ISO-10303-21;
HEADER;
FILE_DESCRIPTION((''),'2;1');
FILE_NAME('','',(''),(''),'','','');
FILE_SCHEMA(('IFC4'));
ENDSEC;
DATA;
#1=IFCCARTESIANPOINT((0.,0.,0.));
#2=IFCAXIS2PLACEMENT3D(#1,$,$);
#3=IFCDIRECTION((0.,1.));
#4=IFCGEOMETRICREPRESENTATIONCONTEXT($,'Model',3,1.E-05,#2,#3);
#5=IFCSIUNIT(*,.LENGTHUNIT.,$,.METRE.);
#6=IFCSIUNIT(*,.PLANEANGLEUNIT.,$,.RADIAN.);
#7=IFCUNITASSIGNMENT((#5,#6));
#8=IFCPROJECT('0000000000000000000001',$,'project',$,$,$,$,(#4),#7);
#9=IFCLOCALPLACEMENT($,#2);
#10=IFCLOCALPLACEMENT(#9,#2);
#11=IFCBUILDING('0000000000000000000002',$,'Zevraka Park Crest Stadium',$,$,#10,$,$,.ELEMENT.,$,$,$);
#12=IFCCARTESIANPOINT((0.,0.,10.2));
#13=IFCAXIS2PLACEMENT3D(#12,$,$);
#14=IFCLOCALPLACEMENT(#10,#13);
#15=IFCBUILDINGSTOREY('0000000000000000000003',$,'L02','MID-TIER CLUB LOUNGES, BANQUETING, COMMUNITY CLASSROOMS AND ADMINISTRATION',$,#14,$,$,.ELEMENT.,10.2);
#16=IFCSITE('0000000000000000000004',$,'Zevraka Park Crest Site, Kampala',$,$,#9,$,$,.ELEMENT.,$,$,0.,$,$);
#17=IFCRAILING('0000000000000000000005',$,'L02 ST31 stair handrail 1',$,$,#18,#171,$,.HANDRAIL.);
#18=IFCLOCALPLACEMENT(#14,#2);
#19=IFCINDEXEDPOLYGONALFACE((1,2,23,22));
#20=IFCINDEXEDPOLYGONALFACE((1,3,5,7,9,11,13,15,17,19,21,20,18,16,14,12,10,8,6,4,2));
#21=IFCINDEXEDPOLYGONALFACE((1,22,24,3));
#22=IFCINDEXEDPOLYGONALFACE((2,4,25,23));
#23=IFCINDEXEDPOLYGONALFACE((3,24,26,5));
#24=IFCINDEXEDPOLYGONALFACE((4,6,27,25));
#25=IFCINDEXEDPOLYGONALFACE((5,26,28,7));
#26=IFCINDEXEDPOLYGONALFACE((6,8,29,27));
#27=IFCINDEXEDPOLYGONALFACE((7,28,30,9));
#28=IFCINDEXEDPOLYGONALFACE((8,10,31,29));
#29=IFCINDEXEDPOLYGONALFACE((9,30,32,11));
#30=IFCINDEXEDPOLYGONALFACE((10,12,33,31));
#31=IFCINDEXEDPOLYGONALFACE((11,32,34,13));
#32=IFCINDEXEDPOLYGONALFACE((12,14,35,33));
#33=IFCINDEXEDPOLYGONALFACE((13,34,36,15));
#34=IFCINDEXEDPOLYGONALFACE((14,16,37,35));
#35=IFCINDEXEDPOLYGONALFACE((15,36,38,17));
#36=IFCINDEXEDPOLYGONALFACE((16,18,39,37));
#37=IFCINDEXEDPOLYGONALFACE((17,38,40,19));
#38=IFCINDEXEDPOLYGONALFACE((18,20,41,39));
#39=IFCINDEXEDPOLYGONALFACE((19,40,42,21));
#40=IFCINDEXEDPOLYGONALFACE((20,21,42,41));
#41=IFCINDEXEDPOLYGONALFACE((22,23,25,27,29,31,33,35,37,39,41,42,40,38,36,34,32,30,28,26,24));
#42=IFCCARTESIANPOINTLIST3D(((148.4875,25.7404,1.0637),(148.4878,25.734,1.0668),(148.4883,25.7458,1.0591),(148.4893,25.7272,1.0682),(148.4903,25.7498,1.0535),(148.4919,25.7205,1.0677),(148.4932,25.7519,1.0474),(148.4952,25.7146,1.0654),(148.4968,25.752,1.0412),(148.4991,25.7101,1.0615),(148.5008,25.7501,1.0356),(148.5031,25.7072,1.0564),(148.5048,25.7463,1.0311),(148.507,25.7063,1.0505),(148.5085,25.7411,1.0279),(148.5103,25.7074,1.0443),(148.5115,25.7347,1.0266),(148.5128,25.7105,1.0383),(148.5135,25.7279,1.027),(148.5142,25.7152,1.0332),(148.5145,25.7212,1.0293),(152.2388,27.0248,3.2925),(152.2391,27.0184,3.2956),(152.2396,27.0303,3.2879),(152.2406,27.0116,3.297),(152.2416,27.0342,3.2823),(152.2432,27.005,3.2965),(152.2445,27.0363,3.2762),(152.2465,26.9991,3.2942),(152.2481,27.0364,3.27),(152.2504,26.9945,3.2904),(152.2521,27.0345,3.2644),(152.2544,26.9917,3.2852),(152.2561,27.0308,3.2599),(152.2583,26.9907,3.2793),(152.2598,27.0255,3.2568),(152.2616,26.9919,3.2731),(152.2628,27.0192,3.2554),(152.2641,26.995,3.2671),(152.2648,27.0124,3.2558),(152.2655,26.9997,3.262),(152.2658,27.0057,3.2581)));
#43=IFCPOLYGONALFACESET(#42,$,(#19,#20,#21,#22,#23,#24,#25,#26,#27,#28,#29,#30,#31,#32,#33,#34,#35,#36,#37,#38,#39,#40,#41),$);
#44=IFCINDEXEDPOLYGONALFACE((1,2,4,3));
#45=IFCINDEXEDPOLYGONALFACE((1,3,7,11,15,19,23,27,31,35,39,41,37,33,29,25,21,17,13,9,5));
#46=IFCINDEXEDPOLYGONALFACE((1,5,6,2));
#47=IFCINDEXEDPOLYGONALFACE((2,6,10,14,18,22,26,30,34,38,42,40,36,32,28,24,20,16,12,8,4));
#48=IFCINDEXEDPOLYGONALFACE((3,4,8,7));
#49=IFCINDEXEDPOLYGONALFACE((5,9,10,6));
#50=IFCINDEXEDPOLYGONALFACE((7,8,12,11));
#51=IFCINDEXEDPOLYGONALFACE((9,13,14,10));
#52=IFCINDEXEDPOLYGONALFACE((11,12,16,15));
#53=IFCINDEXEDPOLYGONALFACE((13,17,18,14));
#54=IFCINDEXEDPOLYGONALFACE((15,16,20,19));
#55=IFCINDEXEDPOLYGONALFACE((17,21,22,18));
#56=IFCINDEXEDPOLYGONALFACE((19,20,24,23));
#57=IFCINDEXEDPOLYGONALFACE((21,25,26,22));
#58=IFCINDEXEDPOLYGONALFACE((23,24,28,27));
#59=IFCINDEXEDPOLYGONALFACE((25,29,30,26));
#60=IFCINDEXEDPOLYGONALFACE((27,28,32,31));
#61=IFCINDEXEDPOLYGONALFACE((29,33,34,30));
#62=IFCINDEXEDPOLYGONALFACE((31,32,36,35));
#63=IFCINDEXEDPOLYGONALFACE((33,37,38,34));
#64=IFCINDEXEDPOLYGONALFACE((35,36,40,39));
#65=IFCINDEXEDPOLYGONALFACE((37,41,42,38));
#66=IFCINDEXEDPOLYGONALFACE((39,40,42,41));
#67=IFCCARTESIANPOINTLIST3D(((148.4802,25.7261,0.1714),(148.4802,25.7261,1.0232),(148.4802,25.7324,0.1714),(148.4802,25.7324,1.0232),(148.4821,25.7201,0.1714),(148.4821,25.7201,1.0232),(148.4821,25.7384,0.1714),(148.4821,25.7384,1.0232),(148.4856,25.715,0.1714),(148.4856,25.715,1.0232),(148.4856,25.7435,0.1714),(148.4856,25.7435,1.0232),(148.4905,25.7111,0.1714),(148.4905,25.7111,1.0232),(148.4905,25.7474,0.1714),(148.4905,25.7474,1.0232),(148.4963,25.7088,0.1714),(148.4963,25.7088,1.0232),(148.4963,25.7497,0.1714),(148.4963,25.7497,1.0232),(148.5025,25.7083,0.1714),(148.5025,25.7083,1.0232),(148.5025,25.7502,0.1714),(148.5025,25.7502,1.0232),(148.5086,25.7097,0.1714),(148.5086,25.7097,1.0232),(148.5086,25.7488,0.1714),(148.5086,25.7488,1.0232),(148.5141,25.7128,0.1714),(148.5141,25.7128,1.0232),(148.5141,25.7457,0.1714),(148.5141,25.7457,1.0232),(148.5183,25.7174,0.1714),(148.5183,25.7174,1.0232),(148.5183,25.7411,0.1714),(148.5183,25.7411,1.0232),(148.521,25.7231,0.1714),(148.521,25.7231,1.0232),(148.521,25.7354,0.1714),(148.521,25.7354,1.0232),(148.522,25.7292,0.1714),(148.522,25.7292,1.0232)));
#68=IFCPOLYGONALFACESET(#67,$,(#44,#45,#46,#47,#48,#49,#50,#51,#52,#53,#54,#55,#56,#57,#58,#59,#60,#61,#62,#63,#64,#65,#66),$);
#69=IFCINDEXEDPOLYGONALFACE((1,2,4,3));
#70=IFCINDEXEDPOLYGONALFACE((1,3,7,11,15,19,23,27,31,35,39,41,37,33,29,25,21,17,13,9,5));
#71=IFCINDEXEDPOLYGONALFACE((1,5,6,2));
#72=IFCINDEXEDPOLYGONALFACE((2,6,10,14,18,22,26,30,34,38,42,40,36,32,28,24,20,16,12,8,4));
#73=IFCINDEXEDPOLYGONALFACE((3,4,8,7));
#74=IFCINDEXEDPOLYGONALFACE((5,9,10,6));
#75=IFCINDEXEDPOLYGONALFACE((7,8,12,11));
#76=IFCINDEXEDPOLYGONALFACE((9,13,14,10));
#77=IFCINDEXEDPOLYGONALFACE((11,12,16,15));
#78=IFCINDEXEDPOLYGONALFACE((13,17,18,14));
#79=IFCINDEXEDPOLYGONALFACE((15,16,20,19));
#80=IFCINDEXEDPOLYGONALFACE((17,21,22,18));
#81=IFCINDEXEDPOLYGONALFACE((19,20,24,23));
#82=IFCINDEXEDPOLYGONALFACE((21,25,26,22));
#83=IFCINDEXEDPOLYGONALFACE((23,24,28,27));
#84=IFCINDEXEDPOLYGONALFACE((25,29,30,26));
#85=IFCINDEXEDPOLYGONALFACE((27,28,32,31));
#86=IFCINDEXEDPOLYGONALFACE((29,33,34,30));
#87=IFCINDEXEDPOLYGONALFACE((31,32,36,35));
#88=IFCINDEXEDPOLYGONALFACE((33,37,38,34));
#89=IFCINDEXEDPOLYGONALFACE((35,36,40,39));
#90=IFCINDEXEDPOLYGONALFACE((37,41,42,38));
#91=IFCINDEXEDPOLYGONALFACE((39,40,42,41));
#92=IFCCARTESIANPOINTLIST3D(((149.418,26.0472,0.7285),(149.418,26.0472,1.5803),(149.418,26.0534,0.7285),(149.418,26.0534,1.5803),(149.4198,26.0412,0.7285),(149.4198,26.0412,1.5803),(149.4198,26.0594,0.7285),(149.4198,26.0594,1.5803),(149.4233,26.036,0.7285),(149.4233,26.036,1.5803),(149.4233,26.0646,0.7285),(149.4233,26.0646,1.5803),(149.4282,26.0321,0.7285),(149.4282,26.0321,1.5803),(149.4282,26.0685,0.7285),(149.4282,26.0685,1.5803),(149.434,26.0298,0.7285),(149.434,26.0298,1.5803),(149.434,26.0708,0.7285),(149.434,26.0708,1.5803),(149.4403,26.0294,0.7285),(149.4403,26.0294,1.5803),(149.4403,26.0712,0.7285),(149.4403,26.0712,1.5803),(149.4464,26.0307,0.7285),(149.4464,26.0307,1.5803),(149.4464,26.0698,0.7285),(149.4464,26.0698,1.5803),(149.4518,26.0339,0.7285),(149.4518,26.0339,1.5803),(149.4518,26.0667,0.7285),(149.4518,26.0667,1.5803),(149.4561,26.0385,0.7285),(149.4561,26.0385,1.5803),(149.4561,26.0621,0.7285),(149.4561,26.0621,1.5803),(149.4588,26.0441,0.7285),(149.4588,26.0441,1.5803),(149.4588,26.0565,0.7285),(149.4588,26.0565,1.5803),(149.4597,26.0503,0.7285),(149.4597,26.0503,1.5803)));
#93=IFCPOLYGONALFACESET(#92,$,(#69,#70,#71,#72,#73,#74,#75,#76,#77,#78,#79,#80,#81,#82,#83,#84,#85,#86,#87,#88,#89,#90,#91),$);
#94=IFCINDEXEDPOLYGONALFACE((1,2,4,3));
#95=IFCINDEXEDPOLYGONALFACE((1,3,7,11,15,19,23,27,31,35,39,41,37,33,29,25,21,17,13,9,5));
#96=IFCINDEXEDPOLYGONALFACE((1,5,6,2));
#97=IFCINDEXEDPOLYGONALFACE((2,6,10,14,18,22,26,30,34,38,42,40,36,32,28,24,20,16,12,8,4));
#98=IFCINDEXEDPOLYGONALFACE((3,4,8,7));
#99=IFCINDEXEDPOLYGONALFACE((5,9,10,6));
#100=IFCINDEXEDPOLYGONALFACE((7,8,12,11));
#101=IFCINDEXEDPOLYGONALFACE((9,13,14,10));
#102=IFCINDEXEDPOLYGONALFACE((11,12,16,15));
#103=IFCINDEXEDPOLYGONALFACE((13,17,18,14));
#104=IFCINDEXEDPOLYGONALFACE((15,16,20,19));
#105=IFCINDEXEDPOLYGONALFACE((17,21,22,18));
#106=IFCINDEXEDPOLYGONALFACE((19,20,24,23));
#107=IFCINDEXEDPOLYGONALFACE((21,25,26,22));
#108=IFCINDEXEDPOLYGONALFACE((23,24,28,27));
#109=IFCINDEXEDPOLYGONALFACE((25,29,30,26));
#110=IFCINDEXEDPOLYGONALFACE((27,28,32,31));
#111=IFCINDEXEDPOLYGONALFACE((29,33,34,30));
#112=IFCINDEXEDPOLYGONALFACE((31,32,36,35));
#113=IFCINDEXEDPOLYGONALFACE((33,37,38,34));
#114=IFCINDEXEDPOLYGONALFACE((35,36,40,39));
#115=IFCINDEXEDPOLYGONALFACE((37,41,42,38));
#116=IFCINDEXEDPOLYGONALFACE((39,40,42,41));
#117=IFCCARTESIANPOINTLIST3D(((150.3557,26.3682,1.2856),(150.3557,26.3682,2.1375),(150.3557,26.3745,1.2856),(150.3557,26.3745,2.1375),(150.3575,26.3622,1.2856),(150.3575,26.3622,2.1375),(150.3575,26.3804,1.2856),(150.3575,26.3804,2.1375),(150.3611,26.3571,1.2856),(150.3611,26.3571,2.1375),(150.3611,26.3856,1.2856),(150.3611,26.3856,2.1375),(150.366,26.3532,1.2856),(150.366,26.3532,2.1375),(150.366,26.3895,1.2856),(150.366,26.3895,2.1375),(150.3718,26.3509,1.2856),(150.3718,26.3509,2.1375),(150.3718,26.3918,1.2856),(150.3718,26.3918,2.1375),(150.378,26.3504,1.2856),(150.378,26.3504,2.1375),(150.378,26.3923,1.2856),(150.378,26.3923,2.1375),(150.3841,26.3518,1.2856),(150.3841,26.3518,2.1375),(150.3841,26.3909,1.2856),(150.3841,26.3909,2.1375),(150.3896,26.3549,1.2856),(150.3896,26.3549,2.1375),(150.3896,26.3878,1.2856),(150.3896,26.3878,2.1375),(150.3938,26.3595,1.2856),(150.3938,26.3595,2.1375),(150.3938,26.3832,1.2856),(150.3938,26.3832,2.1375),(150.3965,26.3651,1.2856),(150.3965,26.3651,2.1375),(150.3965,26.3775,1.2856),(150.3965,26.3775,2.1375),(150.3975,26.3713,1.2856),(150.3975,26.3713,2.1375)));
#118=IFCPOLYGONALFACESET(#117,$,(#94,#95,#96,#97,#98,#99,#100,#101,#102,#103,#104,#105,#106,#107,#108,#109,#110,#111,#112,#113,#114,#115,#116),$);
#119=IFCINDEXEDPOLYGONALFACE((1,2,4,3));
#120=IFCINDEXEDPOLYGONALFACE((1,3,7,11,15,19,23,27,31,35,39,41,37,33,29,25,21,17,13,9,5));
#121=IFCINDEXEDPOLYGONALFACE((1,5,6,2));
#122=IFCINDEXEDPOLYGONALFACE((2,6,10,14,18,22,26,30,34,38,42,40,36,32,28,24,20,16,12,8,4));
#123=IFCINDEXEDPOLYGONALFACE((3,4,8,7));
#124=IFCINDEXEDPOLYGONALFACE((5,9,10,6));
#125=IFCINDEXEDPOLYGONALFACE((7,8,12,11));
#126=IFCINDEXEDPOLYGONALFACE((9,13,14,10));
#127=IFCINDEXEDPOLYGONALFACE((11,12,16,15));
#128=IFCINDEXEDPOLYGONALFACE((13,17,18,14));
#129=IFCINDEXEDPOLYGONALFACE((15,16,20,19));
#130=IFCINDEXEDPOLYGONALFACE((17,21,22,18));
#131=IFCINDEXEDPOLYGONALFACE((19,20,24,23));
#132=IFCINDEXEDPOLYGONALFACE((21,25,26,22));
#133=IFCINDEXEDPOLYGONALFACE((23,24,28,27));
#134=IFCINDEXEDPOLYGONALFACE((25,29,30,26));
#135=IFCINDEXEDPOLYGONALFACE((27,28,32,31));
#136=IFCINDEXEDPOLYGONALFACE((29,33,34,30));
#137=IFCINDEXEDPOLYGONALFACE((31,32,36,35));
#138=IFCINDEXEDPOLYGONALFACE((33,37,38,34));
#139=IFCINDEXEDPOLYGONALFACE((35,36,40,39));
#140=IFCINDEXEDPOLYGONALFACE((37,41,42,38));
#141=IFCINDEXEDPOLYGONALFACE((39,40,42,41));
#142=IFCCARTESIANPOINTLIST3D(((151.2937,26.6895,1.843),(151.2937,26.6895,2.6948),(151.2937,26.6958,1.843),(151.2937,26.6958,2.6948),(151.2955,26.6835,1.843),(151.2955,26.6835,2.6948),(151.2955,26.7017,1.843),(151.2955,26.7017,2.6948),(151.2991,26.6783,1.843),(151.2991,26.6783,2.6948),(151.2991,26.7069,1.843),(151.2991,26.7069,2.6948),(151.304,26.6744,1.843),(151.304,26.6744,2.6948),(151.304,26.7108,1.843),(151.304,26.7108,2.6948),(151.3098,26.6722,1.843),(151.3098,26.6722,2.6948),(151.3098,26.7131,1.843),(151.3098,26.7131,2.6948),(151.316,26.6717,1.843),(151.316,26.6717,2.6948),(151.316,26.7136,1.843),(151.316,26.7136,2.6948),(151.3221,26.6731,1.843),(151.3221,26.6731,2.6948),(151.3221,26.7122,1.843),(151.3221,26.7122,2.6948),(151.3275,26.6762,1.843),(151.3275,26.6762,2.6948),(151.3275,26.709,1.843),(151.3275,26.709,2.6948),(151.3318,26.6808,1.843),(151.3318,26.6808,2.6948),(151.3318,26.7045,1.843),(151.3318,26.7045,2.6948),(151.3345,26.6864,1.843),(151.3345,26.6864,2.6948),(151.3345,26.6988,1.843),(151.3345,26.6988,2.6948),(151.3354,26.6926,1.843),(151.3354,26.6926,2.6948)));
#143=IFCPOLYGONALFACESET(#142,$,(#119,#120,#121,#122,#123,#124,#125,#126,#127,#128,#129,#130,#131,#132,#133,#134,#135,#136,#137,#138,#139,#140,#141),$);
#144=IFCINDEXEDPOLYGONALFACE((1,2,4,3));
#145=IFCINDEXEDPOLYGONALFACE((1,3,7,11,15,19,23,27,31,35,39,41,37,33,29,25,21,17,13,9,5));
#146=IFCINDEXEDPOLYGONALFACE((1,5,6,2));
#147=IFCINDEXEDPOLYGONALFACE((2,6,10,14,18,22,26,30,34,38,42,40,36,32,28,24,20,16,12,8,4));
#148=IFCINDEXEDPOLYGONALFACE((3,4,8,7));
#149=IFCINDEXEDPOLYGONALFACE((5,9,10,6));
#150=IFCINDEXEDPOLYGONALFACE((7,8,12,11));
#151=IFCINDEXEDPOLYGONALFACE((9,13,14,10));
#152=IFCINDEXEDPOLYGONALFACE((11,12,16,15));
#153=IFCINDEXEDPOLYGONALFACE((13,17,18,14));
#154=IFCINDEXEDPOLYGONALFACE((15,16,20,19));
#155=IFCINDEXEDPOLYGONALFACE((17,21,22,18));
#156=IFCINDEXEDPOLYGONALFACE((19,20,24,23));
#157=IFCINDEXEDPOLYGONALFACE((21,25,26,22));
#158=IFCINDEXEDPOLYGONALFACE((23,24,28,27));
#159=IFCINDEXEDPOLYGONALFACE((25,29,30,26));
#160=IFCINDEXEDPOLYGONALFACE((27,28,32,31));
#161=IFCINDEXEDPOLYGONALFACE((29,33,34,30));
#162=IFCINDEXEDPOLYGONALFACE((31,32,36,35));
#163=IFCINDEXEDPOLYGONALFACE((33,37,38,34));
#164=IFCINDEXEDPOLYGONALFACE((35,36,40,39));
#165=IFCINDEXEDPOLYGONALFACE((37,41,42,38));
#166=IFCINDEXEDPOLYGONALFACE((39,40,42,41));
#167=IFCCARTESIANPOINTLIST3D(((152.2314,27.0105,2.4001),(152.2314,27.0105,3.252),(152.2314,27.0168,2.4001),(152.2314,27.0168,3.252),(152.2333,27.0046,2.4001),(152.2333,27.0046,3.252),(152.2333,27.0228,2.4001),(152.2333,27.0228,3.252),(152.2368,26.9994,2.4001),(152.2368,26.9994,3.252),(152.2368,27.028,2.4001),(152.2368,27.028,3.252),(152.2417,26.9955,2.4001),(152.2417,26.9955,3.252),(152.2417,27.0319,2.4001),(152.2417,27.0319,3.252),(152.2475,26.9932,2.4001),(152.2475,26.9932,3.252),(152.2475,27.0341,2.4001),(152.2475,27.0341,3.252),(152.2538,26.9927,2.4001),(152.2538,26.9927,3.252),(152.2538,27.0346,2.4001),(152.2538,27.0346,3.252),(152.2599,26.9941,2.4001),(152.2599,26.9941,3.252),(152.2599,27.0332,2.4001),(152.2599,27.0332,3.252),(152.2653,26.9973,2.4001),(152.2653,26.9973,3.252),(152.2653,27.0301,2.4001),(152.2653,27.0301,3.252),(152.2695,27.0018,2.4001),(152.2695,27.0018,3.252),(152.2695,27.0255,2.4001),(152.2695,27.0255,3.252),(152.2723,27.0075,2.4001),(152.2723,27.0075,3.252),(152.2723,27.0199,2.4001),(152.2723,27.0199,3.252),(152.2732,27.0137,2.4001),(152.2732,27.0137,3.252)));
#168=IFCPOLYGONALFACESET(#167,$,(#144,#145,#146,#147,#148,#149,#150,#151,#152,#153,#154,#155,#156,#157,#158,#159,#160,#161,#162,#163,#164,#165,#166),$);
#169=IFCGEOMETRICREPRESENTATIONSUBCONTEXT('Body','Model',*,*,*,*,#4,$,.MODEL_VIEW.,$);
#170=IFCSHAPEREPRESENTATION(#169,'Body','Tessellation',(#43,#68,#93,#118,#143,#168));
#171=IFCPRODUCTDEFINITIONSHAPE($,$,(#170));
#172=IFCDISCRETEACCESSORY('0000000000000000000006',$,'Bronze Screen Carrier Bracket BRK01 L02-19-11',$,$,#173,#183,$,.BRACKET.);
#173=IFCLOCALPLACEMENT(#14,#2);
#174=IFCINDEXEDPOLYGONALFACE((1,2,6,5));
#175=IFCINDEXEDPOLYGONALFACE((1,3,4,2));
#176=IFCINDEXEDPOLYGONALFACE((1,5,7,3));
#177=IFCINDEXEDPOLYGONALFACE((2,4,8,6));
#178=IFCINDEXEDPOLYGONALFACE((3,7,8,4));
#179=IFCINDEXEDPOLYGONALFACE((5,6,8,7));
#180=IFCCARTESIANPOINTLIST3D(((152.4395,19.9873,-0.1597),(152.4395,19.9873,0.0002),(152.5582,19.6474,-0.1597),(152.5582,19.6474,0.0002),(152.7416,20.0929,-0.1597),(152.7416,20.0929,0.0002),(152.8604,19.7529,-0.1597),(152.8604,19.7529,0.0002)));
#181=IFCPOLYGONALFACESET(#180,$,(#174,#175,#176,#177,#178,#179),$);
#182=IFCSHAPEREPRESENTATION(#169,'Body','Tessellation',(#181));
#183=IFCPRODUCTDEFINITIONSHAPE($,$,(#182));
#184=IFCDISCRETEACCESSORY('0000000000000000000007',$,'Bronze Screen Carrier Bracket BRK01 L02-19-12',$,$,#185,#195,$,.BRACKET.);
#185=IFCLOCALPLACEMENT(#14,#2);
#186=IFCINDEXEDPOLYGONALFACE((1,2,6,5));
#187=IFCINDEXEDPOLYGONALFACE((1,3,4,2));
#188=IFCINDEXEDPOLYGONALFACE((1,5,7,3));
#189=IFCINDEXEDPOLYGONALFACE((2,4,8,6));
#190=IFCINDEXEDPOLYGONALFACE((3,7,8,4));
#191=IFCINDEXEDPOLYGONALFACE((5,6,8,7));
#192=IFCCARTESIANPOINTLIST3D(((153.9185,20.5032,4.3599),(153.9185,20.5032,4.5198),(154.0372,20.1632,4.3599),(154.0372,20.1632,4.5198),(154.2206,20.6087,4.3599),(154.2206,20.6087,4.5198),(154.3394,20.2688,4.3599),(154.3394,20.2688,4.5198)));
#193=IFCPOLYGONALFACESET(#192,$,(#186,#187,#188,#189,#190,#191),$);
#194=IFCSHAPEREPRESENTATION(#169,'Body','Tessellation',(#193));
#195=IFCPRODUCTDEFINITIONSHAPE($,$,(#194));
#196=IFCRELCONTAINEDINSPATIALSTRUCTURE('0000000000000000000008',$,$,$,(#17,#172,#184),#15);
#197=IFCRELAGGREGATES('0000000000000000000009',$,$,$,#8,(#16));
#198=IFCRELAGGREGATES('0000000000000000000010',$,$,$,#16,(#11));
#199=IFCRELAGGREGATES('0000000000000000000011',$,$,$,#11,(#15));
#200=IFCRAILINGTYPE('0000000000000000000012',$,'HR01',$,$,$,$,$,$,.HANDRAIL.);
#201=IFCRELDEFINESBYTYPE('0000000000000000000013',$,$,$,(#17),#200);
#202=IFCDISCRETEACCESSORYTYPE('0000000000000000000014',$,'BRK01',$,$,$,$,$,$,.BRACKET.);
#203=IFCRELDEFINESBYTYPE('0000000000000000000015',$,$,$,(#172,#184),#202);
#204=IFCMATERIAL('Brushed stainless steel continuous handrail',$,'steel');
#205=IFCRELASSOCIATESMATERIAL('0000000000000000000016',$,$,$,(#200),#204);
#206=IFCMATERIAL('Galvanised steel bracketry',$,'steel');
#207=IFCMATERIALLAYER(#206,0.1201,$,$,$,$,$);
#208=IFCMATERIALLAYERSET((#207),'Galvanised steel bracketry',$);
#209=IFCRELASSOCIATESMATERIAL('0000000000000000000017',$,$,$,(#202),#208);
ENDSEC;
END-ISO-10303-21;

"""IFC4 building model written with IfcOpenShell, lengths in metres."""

from ifc_helpers import new_model, si_unit, direction, frame, origin, origin_2d, place, context, subcontext, project, spatial, rectangle, circle, extrude, material, layer, layer_set, type_object, element, save


model = new_model("IFC4")

# Units and contexts
model_context = context("Model", 3, precision=1e-05, world=origin(), true_north=direction((0.0, 1.0)))
body_context = subcontext(model_context, "Body", "Model", "MODEL_VIEW")
ifc_project = project(units=[si_unit("LENGTHUNIT", "METRE"), si_unit("PLANEANGLEUNIT", "RADIAN")], contexts=[model_context])

# Site, building, storey
site_placement = place(None, origin())
site = spatial("IfcSite", under=ifc_project, at=site_placement, Name="Zevraka Park Crest Site, Kampala", CompositionType="ELEMENT", RefElevation=0.0)
building_placement = place(site_placement, origin())
building = spatial("IfcBuilding", under=site, at=building_placement, Name="Zevraka Park Crest Stadium", CompositionType="ELEMENT")
storey_placement = place(building_placement, frame((0.0, 0.0, 10.2)))
storey = spatial("IfcBuildingStorey", under=building, at=storey_placement, Name="L02", Description="MID-TIER CLUB LOUNGES, BANQUETING, COMMUNITY CLASSROOMS AND ADMINISTRATION", CompositionType="ELEMENT", Elevation=10.2)

# Railing
ifc_material_1 = material(Name="Brushed stainless steel continuous handrail", Category="steel")
railing_type = type_object("IfcRailingType", Name="HR01", PredefinedType="HANDRAIL", material=ifc_material_1)
railing_placement = place(storey_placement, frame((148.501, 25.7292, 0.1714)))
element("IfcRailing", 1, at=railing_placement, inside=storey, type_object=railing_type, Name="L02 ST31 stair handrail 1", PredefinedType="HANDRAIL", context=body_context, shape_type="SweptSolid", body=[
    extrude(circle(Radius=0.0239, at=origin_2d()), frame((0.0, 0.0, 0.876), z_axis=(0.824718, 0.282385, 0.49), x_axis=(-0.323939, 0.946078, 0.0)), (0.0, 0.0, 1.0), 4.5486),
    extrude(circle(Radius=0.021, at=origin_2d()), origin(), (0.0, 0.0, 1.0), 0.8518),
    extrude(circle(Radius=0.021, at=origin_2d()), frame((0.9377, 0.321, 0.5571)), (0.0, 0.0, 1.0), 0.8518),
    extrude(circle(Radius=0.021, at=origin_2d()), frame((1.8755, 0.6421, 1.1143)), (0.0, 0.0, 1.0), 0.8518),
    extrude(circle(Radius=0.021, at=origin_2d()), frame((2.8135, 0.9634, 1.6716)), (0.0, 0.0, 1.0), 0.8518),
    extrude(circle(Radius=0.021, at=origin_2d()), frame((3.7512, 1.2844, 2.2288)), (0.0, 0.0, 1.0), 0.8518),
])

# Discrete accessories
ifc_material_2 = material(Name="Galvanised steel bracketry", Category="steel")
ifc_layer_1 = layer(ifc_material_2, 0.1201)
ifc_layer_set_1 = layer_set([ifc_layer_1], Name="Galvanised steel bracketry")
discrete_accessory_type = type_object("IfcDiscreteAccessoryType", Name="BRK01", PredefinedType="BRACKET", material=ifc_layer_set_1)
for number, where, z_axis, x_axis, name in (
    (2, (152.6499, 19.8701, -0.1597), (0.0, 0.0, 1.0), (0.944089, 0.329691, 0.0), "Bronze Screen Carrier Bracket BRK01 L02-19-11"),
    (3, (154.1289, 20.386, 4.3599), (0.0, 0.0, 1.0), (0.944089, 0.329691, 0.0), "Bronze Screen Carrier Bracket BRK01 L02-19-12"),
):
    element("IfcDiscreteAccessory", number, at=place(storey_placement, frame(where, z_axis=z_axis, x_axis=x_axis)), inside=storey, type_object=discrete_accessory_type, Name=name, PredefinedType="BRACKET", context=body_context, shape_type="SweptSolid", body=[
        extrude(rectangle(XDim=0.3201, YDim=0.3601, at=origin_2d()), origin(), (0.0, 0.0, 1.0), 0.1599),
    ])

save(model, "model.ifc")
